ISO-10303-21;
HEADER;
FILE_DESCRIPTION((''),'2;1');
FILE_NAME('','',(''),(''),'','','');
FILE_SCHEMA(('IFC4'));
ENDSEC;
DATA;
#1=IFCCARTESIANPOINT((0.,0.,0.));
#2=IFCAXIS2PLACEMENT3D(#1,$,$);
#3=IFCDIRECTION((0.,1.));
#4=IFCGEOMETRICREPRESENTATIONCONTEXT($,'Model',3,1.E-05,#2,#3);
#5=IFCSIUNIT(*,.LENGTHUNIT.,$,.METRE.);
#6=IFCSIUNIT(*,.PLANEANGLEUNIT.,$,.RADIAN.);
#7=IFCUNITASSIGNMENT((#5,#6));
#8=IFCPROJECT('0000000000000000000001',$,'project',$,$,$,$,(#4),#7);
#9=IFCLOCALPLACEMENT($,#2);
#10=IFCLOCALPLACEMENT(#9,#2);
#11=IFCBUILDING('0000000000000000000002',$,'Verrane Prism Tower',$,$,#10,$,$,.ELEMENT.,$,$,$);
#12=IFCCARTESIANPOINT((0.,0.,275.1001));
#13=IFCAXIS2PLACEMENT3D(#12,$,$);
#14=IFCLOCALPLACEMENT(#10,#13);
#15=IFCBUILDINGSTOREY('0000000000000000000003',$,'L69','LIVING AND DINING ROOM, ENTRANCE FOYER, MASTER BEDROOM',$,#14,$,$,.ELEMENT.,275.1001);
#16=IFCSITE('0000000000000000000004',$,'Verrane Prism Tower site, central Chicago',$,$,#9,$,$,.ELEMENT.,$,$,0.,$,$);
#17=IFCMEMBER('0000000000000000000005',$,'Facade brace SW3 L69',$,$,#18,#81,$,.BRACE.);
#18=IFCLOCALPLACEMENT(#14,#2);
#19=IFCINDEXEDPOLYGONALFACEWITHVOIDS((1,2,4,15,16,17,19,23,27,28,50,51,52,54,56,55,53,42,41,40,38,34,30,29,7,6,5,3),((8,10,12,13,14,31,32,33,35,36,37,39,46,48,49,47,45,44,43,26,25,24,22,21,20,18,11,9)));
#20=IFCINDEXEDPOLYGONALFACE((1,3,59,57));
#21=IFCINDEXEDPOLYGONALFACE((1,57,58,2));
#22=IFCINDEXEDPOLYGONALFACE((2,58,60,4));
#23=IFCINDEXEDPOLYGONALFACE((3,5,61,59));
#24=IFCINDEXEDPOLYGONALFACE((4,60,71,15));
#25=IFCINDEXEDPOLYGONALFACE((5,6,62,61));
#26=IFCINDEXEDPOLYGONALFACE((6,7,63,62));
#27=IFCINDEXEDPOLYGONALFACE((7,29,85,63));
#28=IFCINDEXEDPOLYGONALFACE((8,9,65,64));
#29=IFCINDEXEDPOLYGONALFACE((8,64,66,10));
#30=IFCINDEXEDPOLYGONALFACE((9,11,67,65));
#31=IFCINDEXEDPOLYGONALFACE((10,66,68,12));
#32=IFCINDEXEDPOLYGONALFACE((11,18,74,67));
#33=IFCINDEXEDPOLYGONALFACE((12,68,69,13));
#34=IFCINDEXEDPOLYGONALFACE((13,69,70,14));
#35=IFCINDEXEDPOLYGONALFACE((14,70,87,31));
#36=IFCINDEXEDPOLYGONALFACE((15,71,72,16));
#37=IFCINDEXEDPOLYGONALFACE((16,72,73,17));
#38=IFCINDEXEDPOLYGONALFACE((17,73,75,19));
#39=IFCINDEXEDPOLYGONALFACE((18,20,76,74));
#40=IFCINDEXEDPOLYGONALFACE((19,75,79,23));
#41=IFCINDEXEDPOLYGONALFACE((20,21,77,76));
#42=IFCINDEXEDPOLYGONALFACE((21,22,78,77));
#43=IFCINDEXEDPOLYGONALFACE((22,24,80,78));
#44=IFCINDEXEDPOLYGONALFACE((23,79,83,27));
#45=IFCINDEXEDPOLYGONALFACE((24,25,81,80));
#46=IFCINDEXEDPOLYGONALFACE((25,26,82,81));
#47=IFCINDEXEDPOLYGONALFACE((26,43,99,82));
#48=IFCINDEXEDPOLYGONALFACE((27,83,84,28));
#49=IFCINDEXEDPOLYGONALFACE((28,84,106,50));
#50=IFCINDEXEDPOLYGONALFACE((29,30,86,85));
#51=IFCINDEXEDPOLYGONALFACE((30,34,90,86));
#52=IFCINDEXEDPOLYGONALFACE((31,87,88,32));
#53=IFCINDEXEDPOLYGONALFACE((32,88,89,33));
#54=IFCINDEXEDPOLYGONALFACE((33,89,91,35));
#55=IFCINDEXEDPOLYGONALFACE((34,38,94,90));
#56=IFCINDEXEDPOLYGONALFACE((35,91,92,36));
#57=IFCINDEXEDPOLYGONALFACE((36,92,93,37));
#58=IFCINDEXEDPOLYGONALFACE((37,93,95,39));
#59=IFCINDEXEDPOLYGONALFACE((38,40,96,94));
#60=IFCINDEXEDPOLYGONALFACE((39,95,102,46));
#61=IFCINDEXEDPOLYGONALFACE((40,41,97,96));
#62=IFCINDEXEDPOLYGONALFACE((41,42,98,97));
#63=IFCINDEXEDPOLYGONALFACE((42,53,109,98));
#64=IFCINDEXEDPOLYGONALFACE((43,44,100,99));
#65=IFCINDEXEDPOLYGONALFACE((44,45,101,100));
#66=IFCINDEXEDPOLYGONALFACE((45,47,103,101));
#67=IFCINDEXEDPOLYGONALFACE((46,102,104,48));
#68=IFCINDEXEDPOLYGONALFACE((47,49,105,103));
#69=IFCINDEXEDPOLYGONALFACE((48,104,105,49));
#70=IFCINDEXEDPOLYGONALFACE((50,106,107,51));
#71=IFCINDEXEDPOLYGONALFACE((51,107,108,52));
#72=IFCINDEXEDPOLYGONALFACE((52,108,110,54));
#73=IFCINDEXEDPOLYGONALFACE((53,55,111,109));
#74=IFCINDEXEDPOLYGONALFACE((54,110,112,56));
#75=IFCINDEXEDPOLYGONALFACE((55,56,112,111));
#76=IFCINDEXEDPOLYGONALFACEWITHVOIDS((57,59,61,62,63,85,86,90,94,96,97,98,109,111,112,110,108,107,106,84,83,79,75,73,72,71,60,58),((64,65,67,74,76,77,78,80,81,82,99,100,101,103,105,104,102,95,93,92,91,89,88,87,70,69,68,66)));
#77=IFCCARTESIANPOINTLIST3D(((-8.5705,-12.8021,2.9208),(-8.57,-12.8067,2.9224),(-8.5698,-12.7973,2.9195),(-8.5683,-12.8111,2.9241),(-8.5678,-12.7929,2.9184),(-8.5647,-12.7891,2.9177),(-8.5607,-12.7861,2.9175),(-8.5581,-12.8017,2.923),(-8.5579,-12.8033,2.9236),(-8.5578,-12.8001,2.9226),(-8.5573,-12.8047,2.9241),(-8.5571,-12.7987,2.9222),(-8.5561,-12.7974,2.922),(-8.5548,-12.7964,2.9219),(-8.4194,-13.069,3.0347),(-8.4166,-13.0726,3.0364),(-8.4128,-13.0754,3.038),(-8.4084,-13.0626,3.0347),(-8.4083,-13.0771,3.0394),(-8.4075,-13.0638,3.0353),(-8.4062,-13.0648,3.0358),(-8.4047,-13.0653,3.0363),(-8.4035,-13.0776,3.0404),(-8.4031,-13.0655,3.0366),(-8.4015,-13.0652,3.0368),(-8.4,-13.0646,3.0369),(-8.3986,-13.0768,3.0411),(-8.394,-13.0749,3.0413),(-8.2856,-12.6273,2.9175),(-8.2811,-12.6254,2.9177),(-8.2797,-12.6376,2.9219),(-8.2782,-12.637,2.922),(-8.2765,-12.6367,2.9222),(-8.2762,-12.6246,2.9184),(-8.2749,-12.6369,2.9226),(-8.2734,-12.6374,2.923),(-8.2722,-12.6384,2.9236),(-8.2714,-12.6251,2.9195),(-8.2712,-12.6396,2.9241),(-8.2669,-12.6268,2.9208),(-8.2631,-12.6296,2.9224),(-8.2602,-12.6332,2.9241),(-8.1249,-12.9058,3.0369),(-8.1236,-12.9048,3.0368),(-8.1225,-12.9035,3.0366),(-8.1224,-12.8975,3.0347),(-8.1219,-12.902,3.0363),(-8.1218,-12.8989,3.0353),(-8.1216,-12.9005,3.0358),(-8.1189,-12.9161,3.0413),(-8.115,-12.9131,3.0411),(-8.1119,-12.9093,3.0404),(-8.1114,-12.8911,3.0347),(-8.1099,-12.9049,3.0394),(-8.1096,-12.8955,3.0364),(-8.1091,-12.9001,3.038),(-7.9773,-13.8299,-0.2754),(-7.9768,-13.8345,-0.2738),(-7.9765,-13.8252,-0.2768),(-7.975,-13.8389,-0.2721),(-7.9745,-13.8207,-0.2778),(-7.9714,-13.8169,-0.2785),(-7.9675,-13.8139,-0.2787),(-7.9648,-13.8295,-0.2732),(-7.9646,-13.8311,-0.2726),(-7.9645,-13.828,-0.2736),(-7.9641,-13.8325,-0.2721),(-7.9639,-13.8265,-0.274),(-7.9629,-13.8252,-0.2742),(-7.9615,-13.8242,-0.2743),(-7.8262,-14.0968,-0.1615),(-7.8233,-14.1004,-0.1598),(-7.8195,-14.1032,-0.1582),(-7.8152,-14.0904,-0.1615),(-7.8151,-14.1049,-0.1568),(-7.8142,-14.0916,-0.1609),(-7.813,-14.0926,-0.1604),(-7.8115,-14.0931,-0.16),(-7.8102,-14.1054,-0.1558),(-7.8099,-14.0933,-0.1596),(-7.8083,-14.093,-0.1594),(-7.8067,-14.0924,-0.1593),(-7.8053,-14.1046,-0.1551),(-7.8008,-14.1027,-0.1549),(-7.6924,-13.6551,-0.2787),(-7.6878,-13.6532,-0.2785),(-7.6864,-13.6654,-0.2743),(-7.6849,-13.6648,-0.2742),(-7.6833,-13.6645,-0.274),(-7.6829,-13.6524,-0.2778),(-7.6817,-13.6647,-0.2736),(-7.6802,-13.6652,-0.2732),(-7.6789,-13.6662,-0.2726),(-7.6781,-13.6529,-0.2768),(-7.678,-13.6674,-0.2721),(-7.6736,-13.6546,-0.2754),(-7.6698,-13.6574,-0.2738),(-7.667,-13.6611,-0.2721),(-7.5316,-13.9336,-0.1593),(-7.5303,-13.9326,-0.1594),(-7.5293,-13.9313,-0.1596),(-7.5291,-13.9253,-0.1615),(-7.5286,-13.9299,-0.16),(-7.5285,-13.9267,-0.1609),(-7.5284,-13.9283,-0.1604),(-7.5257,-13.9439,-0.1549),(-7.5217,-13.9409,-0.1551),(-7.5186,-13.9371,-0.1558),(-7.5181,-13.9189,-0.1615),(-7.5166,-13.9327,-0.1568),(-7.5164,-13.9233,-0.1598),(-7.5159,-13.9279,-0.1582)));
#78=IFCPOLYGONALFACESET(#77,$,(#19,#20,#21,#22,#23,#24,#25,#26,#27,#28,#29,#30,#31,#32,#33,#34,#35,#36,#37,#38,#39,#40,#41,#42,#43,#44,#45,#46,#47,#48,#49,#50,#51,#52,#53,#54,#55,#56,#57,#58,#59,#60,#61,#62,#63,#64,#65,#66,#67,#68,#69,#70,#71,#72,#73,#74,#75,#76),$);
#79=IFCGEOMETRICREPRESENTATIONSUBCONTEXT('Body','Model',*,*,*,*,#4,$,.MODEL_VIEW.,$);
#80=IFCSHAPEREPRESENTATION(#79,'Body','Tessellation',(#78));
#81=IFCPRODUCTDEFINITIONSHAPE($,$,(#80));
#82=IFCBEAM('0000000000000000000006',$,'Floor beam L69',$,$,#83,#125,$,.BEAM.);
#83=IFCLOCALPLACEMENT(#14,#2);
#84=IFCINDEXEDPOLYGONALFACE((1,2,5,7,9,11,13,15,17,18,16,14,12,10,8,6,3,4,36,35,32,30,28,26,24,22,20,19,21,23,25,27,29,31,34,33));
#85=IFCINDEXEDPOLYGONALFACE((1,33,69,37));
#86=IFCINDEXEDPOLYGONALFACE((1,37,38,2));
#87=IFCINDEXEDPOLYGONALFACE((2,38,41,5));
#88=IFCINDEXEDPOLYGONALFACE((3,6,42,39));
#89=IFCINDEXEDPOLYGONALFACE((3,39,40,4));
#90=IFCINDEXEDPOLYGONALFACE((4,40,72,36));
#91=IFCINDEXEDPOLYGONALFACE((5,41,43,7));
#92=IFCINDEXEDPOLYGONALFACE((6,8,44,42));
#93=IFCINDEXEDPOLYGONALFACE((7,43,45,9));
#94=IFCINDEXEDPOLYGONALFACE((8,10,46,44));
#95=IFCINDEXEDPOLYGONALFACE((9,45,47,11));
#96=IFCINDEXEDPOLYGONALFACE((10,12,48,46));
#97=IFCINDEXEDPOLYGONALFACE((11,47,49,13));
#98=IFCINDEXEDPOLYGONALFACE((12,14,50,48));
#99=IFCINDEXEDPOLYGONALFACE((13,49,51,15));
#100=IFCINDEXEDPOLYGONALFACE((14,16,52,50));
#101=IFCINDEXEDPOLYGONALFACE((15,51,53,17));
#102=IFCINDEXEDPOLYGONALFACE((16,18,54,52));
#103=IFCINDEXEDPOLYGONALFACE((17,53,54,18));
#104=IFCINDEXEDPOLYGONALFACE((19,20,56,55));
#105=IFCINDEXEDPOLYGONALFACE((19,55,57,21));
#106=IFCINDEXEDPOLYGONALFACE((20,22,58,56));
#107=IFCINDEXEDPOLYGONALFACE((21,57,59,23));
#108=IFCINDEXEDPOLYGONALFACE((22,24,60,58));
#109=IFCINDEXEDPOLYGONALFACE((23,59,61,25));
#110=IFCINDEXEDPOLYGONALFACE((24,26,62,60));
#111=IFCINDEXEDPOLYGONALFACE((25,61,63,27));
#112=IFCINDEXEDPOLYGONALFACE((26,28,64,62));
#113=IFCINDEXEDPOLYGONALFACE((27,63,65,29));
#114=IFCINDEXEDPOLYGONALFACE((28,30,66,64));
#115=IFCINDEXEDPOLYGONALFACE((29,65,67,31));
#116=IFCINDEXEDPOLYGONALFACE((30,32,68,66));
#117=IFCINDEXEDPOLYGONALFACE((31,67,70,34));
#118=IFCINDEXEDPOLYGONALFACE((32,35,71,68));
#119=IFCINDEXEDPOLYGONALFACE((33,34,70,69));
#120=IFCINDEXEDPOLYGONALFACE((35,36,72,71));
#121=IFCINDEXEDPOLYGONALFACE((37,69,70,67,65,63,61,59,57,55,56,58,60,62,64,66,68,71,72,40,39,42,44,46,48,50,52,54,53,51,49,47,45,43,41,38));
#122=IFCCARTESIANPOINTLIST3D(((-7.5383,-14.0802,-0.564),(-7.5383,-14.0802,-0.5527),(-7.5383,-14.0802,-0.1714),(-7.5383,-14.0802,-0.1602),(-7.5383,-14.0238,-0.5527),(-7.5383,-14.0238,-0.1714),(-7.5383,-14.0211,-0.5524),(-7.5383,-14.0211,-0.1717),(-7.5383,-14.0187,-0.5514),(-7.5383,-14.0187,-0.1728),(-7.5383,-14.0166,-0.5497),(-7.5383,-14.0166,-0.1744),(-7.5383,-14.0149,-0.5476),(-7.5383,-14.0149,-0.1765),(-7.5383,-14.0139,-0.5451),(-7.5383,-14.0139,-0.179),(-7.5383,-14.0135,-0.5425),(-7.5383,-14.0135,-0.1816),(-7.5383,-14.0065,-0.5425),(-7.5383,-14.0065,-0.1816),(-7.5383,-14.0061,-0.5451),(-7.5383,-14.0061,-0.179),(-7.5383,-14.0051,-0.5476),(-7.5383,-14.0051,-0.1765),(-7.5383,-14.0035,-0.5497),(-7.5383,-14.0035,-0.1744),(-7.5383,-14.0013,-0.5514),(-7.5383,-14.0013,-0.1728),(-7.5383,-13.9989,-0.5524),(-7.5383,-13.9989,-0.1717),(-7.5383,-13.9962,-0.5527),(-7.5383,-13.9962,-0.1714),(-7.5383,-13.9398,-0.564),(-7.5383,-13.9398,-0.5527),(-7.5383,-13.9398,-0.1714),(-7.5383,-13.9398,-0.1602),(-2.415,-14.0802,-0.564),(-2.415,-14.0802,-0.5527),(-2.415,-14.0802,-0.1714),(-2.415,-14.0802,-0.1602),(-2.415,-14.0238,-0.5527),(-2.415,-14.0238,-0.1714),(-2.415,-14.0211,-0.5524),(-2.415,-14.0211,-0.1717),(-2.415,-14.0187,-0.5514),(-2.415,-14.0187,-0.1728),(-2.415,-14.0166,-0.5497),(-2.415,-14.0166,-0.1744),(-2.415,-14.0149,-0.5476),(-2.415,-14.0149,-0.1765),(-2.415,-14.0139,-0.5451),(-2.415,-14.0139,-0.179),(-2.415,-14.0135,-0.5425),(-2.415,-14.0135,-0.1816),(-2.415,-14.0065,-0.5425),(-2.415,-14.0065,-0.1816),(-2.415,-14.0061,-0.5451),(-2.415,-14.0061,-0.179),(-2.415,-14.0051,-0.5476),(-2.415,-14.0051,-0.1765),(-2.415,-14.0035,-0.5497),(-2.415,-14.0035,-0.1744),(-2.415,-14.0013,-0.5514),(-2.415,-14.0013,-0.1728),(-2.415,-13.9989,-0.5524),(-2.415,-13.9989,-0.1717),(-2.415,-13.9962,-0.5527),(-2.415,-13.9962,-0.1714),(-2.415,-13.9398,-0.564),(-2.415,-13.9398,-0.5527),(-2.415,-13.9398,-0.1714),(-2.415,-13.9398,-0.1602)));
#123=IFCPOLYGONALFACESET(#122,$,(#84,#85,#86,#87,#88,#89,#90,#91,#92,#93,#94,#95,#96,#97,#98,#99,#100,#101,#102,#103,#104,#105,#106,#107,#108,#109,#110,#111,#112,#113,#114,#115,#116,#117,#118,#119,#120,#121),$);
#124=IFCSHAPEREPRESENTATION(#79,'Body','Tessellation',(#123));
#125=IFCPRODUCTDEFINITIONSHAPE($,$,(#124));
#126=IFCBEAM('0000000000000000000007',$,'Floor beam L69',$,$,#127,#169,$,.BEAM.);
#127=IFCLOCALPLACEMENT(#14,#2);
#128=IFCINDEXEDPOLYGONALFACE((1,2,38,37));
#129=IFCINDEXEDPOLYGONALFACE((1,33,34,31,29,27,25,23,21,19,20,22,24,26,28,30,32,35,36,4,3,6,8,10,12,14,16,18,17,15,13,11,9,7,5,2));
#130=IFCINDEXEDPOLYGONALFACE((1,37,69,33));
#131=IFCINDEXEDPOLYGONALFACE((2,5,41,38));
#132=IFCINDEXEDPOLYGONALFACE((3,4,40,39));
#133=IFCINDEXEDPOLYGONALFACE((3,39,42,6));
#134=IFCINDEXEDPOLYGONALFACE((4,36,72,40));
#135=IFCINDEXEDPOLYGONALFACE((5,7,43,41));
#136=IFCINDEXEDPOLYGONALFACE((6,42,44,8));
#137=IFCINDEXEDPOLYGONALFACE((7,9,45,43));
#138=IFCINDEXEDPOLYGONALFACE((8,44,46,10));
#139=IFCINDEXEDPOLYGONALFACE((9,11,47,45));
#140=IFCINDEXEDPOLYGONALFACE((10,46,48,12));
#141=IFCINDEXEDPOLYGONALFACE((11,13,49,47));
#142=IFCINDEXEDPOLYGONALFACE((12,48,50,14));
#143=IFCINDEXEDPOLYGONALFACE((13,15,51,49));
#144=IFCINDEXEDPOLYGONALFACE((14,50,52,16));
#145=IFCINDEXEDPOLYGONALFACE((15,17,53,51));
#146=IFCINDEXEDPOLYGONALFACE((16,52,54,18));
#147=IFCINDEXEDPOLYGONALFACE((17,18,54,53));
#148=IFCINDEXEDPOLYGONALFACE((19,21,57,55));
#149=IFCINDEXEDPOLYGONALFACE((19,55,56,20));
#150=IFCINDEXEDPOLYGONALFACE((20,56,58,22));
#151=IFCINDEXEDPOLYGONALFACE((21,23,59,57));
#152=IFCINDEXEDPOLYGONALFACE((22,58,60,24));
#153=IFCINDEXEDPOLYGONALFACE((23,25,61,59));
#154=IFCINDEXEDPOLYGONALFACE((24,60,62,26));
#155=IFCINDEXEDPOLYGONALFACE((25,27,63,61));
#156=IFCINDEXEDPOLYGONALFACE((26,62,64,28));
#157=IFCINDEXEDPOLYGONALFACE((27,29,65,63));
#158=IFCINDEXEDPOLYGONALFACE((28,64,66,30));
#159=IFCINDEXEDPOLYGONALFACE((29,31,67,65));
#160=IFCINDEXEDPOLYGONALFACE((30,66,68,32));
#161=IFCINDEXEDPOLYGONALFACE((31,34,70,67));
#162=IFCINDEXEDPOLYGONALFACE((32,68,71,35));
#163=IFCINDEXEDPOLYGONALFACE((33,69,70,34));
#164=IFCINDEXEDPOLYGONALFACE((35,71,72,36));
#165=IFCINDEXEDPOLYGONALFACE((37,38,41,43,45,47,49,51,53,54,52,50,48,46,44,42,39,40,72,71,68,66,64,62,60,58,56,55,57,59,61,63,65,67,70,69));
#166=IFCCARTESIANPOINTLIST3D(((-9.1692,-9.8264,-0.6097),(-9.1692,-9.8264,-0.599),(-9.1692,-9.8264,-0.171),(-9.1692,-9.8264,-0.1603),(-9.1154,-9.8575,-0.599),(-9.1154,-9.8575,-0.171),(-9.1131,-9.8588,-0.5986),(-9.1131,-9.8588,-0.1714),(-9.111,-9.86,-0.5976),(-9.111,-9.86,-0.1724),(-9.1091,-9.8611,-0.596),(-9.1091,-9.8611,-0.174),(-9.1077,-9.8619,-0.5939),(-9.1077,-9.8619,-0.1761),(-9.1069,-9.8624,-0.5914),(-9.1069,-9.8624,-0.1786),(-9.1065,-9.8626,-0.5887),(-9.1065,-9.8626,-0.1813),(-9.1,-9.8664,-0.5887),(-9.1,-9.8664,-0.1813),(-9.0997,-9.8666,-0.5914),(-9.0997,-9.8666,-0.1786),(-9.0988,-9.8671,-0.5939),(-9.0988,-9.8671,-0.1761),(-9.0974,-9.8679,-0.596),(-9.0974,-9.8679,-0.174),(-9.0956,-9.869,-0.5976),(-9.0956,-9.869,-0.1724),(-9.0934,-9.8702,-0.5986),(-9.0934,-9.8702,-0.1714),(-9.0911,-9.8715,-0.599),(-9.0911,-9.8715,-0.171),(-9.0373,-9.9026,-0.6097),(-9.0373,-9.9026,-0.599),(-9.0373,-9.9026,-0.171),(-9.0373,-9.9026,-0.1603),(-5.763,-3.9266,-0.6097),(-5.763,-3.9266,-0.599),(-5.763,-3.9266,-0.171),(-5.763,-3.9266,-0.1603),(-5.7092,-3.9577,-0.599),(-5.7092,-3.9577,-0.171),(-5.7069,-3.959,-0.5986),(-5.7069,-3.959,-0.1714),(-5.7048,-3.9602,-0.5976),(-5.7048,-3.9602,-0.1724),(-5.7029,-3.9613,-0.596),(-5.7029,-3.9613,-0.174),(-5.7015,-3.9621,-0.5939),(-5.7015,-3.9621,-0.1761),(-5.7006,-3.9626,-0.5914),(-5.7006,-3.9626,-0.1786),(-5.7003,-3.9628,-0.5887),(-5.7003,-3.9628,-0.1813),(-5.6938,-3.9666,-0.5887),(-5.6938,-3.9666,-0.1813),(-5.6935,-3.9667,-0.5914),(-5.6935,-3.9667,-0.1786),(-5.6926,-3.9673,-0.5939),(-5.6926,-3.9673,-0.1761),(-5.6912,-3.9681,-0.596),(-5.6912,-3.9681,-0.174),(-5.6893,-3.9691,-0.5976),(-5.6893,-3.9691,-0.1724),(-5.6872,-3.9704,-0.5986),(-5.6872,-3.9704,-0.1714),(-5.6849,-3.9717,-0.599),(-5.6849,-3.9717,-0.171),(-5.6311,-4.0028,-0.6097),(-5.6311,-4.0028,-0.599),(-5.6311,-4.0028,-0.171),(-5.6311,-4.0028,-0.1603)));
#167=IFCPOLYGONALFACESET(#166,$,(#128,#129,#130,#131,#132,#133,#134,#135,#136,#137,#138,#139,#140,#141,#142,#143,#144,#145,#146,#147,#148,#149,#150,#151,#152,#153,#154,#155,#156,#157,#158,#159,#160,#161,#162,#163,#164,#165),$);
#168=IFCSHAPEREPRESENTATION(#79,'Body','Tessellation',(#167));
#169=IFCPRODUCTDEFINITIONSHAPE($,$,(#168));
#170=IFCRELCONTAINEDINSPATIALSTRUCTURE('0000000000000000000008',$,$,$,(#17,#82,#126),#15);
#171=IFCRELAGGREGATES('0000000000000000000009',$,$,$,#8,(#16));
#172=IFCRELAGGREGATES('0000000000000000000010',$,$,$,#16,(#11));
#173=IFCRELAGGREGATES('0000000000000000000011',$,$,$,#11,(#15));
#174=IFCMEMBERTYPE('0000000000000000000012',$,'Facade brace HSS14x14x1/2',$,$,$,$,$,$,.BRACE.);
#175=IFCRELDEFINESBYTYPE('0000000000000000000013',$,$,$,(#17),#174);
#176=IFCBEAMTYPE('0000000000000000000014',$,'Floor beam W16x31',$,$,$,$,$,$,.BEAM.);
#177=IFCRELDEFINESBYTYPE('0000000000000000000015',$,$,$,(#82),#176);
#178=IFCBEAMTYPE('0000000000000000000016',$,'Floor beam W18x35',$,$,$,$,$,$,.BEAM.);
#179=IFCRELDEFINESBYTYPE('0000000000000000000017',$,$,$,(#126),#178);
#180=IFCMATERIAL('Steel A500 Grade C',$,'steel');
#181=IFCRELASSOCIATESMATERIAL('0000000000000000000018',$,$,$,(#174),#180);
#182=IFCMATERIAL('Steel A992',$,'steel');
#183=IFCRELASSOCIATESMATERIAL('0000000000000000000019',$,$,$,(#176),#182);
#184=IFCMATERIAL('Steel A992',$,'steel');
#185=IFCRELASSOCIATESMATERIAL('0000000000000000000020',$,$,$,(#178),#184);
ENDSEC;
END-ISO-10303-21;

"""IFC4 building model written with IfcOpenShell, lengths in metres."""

from ifc_helpers import new_model, si_unit, direction, frame, origin, origin_2d, place, context, subcontext, project, spatial, hollow_rectangle, i_section, extrude, material, material_profile, profile_set, type_object, element, save


model = new_model("IFC4")

# Units and contexts
model_context = context("Model", 3, precision=1e-05, world=origin(), true_north=direction((0.0, 1.0)))
body_context = subcontext(model_context, "Body", "Model", "MODEL_VIEW")
ifc_project = project(units=[si_unit("LENGTHUNIT", "METRE"), si_unit("PLANEANGLEUNIT", "RADIAN")], contexts=[model_context])

# Site, building, storey
site_placement = place(None, origin())
site = spatial("IfcSite", under=ifc_project, at=site_placement, Name="Verrane Prism Tower site, central Chicago", CompositionType="ELEMENT", RefElevation=0.0)
building_placement = place(site_placement, origin())
building = spatial("IfcBuilding", under=site, at=building_placement, Name="Verrane Prism Tower", CompositionType="ELEMENT")
storey_placement = place(building_placement, frame((0.0, 0.0, 275.1001)))
storey = spatial("IfcBuildingStorey", under=building, at=storey_placement, Name="L69", Description="LIVING AND DINING ROOM, ENTRANCE FOYER, MASTER BEDROOM", CompositionType="ELEMENT", Elevation=275.1001)

# Member
ifc_material_1 = material(Name="Steel A500 Grade C", Category="steel")
ifc_material_profile_1 = material_profile(ifc_material_1, hollow_rectangle(XDim=0.3557, YDim=0.3557, WallThickness=0.0127, InnerFilletRadius=0.0063, OuterFilletRadius=0.019, at=origin_2d()), Name="HSS14x14x1/2")
ifc_profile_set_1 = profile_set([ifc_material_profile_1], Name="Steel A500 Grade C")
member_type_1 = type_object("IfcMemberType", Name="Facade brace HSS14x14x1/2", PredefinedType="BRACE", material=ifc_profile_set_1)
member_1_placement = place(storey_placement, frame((-7.7466, -13.8789, -0.2168), z_axis=(-0.174003, 0.301462, 0.937467), x_axis=(-0.866083, -0.499901, 0.0)))
element("IfcMember", 1, at=member_1_placement, inside=storey, type_object=member_type_1, Name="Facade brace SW3 L69", PredefinedType="BRACE", context=body_context, shape_type="SweptSolid", body=[
    extrude(hollow_rectangle(XDim=0.3557, YDim=0.3557, WallThickness=0.0127, InnerFilletRadius=0.0063, OuterFilletRadius=0.019, at=origin_2d()), origin(), (0.0, 0.0, 1.0), 3.4094),
])

# Beams
ifc_material_2 = material(Name="Steel A992", Category="steel")
ifc_material_profile_2 = material_profile(ifc_material_2, i_section(OverallWidth=0.1404, OverallDepth=0.4038, WebThickness=0.0071, FlangeThickness=0.0112, FilletRadius=0.0103, at=origin_2d()), Name="W16x31")
ifc_profile_set_2 = profile_set([ifc_material_profile_2], Name="Steel A992")
beam_type_1 = type_object("IfcBeamType", Name="Floor beam W16x31", PredefinedType="BEAM", material=ifc_profile_set_2)
beam_1_placement = place(storey_placement, frame((-7.5383, -14.01, -0.3621), z_axis=(1.0, 0.0, 0.0), x_axis=(0.0, 1.0, 0.0)))
element("IfcBeam", 2, at=beam_1_placement, inside=storey, type_object=beam_type_1, Name="Floor beam L69", PredefinedType="BEAM", context=body_context, shape_type="SweptSolid", body=[
    extrude(i_section(OverallWidth=0.1404, OverallDepth=0.4038, WebThickness=0.0071, FlangeThickness=0.0112, FilletRadius=0.0103, at=origin_2d()), origin(), (0.0, 0.0, 1.0), 5.1233),
])
ifc_material_3 = material(Name="Steel A992", Category="steel")
ifc_material_profile_3 = material_profile(ifc_material_3, i_section(OverallWidth=0.1523, OverallDepth=0.4495, WebThickness=0.0076, FlangeThickness=0.0107, FilletRadius=0.0103, at=origin_2d()), Name="W18x35")
ifc_profile_set_3 = profile_set([ifc_material_profile_3], Name="Steel A992")
beam_type_2 = type_object("IfcBeamType", Name="Floor beam W18x35", PredefinedType="BEAM", material=ifc_profile_set_3)
beam_2_placement = place(storey_placement, frame((-9.1033, -9.8645, -0.385), z_axis=(0.499993, 0.866029, 0.0), x_axis=(-0.866029, 0.499993, 0.0)))
element("IfcBeam", 3, at=beam_2_placement, inside=storey, type_object=beam_type_2, Name="Floor beam L69", PredefinedType="BEAM", context=body_context, shape_type="SweptSolid", body=[
    extrude(i_section(OverallWidth=0.1523, OverallDepth=0.4495, WebThickness=0.0076, FlangeThickness=0.0107, FilletRadius=0.0103, at=origin_2d()), origin(), (0.0, 0.0, 1.0), 6.8125),
])

save(model, "model.ifc")
